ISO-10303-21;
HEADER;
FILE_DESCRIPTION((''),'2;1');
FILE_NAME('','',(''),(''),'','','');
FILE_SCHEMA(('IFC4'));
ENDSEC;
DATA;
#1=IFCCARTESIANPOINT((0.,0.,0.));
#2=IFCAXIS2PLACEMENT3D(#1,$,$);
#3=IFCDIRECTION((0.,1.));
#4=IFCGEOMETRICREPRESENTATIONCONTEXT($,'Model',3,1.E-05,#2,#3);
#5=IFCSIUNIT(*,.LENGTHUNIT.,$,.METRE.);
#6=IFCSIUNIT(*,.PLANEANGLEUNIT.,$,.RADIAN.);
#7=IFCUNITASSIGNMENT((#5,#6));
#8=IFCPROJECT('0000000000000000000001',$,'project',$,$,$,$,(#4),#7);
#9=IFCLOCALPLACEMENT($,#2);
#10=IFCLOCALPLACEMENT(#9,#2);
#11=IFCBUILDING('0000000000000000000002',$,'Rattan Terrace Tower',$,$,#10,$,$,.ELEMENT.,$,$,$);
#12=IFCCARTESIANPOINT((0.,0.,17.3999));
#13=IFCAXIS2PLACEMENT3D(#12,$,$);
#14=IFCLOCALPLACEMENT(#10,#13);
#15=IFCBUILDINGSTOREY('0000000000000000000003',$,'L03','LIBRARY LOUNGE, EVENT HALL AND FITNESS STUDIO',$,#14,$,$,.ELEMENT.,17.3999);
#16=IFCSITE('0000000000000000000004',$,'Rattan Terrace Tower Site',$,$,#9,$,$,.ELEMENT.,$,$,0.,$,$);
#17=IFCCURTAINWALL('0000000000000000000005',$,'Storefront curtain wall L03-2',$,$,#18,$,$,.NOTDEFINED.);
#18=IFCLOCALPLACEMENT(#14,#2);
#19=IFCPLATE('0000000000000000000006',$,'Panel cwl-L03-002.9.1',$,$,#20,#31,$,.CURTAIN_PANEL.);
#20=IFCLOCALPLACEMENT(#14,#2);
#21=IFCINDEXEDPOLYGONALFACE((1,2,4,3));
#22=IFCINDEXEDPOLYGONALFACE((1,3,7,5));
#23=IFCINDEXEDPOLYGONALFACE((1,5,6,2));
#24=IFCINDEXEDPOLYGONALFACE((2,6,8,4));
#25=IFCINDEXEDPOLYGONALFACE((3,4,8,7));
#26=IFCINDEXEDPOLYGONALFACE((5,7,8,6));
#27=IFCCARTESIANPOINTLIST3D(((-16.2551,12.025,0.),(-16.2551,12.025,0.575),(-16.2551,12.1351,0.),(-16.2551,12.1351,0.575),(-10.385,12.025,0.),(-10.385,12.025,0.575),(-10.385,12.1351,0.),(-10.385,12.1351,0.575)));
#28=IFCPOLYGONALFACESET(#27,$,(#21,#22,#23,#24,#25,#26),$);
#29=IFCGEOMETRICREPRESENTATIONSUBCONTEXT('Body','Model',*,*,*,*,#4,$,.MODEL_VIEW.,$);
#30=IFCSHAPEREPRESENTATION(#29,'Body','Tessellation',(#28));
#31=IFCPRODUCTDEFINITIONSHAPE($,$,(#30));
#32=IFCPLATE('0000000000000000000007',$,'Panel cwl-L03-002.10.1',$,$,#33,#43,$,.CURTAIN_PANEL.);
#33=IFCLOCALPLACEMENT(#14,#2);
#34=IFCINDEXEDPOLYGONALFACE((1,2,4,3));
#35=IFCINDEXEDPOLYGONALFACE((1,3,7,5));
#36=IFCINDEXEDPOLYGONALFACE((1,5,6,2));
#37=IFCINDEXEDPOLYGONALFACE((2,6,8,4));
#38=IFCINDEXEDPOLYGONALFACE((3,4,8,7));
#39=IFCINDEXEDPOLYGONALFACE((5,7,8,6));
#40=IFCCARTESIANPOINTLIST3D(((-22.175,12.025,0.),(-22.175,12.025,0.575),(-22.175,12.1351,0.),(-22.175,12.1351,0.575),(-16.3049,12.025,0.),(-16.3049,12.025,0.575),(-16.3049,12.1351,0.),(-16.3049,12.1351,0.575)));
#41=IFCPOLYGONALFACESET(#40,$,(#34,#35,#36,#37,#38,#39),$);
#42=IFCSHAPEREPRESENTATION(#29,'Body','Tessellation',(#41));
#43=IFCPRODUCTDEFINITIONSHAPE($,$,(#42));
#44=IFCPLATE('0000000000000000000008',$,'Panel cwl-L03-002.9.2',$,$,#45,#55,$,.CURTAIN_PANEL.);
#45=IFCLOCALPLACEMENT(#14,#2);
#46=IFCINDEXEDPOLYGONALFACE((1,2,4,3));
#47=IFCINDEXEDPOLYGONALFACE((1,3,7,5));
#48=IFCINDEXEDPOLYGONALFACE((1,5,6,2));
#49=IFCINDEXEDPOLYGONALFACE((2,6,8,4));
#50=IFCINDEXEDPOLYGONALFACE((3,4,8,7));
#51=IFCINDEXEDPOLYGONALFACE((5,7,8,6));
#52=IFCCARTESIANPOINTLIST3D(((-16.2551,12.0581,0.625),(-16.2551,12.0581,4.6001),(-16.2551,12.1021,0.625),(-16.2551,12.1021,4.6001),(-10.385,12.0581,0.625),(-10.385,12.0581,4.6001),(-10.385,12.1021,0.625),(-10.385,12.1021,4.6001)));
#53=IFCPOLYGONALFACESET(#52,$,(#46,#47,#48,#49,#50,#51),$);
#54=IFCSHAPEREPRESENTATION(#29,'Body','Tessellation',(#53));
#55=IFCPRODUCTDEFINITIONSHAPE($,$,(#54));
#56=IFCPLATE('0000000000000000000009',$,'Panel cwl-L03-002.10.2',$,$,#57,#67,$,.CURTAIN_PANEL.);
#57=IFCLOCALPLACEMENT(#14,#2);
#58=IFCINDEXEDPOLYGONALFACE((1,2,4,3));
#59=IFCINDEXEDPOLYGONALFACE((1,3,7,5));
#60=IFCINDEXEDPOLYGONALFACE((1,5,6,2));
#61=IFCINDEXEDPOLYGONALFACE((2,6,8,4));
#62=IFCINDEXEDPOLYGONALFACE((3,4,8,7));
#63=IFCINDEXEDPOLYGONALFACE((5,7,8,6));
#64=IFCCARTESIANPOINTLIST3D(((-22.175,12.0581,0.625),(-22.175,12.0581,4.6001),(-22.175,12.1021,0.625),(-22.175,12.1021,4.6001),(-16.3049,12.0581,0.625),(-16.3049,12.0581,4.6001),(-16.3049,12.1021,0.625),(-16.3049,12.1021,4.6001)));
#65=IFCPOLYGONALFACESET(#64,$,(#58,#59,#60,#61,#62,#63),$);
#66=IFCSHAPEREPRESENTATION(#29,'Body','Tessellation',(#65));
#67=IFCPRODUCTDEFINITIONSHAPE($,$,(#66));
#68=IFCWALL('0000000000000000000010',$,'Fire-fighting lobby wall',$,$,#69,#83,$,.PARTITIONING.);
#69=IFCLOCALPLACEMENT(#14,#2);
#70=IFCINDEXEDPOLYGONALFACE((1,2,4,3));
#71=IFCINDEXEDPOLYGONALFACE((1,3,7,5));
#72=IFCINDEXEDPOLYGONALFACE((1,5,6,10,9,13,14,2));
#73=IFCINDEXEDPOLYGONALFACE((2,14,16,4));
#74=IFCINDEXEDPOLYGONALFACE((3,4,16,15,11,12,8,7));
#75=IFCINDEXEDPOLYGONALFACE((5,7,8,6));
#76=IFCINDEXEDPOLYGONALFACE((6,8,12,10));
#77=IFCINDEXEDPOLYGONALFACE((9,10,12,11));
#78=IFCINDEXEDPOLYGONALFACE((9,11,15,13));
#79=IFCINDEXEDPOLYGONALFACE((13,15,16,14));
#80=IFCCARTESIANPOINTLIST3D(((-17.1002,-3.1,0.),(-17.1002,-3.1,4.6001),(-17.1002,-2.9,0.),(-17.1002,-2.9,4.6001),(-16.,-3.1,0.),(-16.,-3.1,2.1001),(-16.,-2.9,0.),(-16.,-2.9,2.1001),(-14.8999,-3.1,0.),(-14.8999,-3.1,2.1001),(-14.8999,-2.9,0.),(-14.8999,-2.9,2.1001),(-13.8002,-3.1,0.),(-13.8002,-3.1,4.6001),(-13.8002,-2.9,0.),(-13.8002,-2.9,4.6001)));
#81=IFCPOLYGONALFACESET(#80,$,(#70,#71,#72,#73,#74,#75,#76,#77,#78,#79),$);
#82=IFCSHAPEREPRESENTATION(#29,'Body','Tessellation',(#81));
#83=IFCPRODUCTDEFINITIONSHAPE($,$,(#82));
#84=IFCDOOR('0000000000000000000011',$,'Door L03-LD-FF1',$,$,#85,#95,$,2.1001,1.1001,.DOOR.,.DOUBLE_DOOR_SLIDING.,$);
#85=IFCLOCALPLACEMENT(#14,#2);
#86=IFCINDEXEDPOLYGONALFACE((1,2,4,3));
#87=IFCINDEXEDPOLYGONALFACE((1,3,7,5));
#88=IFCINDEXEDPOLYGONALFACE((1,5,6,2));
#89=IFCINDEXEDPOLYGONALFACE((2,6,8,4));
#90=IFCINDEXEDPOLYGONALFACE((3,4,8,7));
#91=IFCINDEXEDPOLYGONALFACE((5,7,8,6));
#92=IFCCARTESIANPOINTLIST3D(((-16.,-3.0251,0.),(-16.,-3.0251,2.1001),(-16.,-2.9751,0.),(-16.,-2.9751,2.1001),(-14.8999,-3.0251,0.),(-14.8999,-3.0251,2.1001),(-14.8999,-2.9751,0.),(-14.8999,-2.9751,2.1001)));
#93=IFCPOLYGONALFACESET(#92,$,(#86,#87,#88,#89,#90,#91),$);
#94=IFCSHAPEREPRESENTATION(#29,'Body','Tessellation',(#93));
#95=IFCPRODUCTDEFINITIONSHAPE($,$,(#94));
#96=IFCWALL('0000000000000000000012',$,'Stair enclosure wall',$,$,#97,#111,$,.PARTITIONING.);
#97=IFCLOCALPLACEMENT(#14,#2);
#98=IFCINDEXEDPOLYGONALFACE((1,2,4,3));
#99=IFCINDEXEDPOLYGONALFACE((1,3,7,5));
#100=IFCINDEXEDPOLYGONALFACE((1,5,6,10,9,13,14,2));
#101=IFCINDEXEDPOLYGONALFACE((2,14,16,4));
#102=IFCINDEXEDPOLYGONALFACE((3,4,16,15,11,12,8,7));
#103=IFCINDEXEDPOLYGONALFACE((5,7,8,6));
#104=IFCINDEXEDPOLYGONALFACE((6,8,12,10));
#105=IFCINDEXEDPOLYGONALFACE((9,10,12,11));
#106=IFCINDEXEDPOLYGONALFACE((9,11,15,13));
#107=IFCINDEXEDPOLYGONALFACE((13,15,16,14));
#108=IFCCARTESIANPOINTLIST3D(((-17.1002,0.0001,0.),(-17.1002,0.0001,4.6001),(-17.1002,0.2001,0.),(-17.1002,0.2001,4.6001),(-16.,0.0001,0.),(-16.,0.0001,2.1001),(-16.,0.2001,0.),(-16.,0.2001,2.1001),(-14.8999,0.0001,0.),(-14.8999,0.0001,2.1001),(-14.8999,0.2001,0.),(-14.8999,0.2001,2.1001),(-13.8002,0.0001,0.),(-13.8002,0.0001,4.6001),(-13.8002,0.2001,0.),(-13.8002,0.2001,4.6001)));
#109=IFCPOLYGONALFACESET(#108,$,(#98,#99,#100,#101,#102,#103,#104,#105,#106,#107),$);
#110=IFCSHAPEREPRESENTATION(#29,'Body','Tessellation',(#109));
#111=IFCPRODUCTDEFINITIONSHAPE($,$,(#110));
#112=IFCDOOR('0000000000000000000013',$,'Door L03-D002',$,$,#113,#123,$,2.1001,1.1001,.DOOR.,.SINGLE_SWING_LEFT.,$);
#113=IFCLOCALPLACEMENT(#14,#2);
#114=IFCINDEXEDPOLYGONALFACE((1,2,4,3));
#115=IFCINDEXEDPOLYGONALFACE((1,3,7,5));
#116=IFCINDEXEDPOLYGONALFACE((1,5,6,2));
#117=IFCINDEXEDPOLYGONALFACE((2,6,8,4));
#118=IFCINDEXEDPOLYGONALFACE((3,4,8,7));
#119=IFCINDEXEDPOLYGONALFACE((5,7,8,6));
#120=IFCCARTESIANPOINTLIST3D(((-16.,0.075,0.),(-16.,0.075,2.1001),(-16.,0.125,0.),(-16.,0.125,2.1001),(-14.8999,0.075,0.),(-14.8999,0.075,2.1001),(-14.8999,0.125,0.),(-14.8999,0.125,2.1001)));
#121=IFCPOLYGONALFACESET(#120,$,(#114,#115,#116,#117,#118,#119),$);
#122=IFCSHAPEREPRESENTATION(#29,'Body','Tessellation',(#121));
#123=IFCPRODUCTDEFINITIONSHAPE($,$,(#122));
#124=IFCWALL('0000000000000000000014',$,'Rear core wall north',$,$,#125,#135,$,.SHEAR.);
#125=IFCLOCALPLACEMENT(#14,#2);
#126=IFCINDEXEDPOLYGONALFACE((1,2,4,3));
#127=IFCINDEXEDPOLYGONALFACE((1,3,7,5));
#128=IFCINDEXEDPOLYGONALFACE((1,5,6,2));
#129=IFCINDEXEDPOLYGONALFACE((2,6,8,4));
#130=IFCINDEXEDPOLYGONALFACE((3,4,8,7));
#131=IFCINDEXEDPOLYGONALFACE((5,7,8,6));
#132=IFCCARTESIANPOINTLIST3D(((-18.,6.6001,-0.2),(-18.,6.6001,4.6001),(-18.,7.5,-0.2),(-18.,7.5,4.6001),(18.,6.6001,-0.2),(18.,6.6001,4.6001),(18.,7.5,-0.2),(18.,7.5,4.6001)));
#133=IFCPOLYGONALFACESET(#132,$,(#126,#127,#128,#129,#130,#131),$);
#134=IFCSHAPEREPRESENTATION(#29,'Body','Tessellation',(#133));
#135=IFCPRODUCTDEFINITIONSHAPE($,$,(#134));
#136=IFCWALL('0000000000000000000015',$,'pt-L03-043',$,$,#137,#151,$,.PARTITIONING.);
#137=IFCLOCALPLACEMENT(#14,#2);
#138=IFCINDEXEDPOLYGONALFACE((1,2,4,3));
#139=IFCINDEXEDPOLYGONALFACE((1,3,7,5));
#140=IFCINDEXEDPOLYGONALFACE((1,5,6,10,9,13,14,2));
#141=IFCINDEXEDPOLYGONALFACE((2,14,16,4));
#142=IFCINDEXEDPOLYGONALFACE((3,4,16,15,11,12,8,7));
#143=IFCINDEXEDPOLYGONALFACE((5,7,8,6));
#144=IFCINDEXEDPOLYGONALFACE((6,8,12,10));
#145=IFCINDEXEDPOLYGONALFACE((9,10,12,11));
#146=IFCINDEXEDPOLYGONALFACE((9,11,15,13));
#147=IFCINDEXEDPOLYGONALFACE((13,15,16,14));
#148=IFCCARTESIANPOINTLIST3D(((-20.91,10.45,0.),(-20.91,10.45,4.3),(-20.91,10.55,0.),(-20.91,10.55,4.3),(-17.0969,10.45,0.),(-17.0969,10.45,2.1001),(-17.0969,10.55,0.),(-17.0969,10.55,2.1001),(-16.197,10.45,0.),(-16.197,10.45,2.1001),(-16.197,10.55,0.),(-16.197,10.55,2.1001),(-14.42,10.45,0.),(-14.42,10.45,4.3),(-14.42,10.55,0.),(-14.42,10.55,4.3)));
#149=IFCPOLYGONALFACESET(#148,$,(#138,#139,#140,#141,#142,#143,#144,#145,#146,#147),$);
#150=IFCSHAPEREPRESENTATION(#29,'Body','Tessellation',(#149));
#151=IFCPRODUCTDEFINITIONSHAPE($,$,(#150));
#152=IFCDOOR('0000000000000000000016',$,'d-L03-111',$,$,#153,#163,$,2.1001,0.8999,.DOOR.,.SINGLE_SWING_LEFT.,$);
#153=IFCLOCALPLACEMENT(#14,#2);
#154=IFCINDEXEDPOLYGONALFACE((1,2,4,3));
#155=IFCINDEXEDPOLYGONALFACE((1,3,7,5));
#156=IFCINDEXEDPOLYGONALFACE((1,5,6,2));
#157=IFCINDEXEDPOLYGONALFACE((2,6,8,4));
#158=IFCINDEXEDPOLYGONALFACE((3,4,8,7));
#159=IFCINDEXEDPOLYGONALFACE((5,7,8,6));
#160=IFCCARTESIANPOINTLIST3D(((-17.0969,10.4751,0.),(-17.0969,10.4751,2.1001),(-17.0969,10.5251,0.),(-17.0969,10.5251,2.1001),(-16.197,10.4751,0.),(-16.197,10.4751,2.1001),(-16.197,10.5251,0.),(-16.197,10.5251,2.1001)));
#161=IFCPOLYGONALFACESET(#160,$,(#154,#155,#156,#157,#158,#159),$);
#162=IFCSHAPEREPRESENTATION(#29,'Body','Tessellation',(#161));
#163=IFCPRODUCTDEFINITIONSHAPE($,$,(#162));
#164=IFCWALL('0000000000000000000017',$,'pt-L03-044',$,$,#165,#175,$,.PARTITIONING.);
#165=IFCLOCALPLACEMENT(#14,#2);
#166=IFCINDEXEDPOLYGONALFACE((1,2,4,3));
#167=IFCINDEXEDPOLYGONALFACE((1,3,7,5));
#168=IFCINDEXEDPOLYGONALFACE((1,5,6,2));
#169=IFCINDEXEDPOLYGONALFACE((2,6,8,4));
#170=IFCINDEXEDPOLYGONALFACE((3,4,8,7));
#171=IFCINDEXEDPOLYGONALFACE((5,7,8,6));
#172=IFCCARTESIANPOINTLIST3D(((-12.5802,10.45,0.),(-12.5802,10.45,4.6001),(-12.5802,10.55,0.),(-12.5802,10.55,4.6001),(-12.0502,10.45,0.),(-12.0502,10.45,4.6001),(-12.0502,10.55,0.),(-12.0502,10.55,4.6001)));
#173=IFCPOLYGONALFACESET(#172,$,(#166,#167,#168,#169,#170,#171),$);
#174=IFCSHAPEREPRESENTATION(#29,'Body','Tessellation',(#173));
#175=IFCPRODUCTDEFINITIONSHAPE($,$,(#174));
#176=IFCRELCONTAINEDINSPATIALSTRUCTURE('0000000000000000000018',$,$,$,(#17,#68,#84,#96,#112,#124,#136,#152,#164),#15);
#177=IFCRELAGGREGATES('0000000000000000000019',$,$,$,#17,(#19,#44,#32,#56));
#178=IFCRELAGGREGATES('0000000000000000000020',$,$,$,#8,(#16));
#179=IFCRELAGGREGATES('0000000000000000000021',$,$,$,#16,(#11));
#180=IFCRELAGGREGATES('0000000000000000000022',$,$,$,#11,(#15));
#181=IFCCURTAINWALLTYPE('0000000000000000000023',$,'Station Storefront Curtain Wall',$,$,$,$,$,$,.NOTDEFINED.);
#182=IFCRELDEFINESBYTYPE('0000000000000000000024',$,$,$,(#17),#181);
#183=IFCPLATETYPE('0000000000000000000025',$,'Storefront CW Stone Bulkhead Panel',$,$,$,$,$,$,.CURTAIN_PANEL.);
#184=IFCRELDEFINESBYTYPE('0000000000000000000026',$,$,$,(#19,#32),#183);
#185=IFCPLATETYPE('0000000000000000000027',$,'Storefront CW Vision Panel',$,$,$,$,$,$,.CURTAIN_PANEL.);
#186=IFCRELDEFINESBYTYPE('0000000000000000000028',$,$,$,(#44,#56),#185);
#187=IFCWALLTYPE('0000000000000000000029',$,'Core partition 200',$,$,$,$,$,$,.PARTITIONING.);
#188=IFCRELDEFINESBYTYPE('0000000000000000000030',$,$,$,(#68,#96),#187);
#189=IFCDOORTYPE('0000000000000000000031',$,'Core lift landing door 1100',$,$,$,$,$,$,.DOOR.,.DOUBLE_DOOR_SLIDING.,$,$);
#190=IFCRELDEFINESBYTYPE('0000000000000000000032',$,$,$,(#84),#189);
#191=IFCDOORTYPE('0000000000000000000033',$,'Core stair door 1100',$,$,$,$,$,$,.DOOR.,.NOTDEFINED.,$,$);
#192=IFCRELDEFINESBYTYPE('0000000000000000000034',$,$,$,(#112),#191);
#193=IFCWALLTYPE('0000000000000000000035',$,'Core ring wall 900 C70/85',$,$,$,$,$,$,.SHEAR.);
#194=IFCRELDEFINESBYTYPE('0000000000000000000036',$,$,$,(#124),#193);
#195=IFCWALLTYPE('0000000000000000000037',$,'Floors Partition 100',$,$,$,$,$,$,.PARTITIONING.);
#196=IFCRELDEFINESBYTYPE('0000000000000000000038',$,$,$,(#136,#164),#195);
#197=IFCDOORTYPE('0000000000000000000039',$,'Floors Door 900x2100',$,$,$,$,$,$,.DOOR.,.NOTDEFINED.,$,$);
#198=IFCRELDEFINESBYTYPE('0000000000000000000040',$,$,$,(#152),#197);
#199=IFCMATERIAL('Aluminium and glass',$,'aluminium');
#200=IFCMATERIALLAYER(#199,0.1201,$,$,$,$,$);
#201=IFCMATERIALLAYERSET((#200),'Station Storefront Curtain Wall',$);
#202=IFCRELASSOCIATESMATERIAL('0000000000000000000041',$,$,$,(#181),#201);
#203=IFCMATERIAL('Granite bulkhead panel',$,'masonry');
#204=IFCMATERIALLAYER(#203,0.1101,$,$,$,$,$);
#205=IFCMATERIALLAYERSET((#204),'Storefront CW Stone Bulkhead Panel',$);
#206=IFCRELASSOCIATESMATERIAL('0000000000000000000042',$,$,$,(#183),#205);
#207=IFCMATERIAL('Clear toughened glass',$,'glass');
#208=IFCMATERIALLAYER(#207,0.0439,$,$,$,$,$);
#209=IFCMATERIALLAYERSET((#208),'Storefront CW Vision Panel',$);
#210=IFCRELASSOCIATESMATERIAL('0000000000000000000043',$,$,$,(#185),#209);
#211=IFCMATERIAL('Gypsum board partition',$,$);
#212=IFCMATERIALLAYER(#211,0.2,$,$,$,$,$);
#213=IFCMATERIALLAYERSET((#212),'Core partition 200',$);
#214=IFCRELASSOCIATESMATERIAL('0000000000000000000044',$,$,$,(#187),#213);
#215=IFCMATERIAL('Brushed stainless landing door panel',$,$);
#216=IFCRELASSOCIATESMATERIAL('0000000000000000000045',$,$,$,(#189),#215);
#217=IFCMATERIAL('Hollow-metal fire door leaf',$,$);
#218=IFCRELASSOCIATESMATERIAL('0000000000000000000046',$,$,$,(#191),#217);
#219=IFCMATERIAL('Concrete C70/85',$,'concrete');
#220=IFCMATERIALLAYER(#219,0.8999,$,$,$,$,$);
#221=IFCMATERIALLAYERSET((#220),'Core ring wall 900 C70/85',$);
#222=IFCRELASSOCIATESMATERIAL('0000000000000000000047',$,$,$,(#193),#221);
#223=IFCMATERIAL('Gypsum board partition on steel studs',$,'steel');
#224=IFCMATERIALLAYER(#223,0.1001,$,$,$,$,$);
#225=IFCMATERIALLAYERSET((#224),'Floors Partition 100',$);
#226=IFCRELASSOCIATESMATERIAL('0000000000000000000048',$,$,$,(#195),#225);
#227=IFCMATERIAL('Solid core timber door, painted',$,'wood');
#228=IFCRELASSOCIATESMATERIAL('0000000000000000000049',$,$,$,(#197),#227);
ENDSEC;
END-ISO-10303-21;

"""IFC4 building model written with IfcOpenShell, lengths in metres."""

from ifc_helpers import new_model, si_unit, direction, frame, frame_2d, origin, origin_2d, place, context, subcontext, project, spatial, rectangle, extrude, material, layer, layer_set, type_object, element, fill, aggregate, save


model = new_model("IFC4")

# Units and contexts
model_context = context("Model", 3, precision=1e-05, world=origin(), true_north=direction((0.0, 1.0)))
body_context = subcontext(model_context, "Body", "Model", "MODEL_VIEW")
ifc_project = project(units=[si_unit("LENGTHUNIT", "METRE"), si_unit("PLANEANGLEUNIT", "RADIAN")], contexts=[model_context])

# Site, building, storey
site_placement = place(None, origin())
site = spatial("IfcSite", under=ifc_project, at=site_placement, Name="Rattan Terrace Tower Site", CompositionType="ELEMENT", RefElevation=0.0)
building_placement = place(site_placement, origin())
building = spatial("IfcBuilding", under=site, at=building_placement, Name="Rattan Terrace Tower", CompositionType="ELEMENT")
storey_placement = place(building_placement, frame((0.0, 0.0, 17.3999)))
storey = spatial("IfcBuildingStorey", under=building, at=storey_placement, Name="L03", Description="LIBRARY LOUNGE, EVENT HALL AND FITNESS STUDIO", CompositionType="ELEMENT", Elevation=17.3999)

# Curtain wall, plates
ifc_material_1 = material(Name="Aluminium and glass", Category="aluminium")
ifc_layer_1 = layer(ifc_material_1, 0.1201)
ifc_layer_set_1 = layer_set([ifc_layer_1], Name="Station Storefront Curtain Wall")
curtain_wall_type = type_object("IfcCurtainWallType", Name="Station Storefront Curtain Wall", PredefinedType="NOTDEFINED", material=ifc_layer_set_1)
curtain_wall_placement = place(storey_placement, origin())
curtain_wall = element("IfcCurtainWall", 1, at=curtain_wall_placement, inside=storey, type_object=curtain_wall_type, Name="Storefront curtain wall L03-2", PredefinedType="NOTDEFINED")
ifc_material_2 = material(Name="Granite bulkhead panel", Category="masonry")
ifc_layer_2 = layer(ifc_material_2, 0.1101)
ifc_layer_set_2 = layer_set([ifc_layer_2], Name="Storefront CW Stone Bulkhead Panel")
plate_type_1 = type_object("IfcPlateType", Name="Storefront CW Stone Bulkhead Panel", PredefinedType="CURTAIN_PANEL", material=ifc_layer_set_2)
plate_1_placement = place(storey_placement, frame((-13.3201, 12.0801, 0.0), z_axis=(0.0, 0.0, 1.0), x_axis=(-1.0, 0.0, 0.0)))
plate_1 = element("IfcPlate", 2, at=plate_1_placement, type_object=plate_type_1, Name="Panel cwl-L03-002.9.1", PredefinedType="CURTAIN_PANEL", context=body_context, shape_type="SweptSolid", body=[
    extrude(rectangle(XDim=5.8701, YDim=0.1101, at=origin_2d()), origin(), (0.0, 0.0, 1.0), 0.575),
])
plate_2_placement = place(storey_placement, frame((-19.24, 12.0801, 0.0), z_axis=(0.0, 0.0, 1.0), x_axis=(-1.0, 0.0, 0.0)))
plate_2 = element("IfcPlate", 3, at=plate_2_placement, type_object=plate_type_1, Name="Panel cwl-L03-002.10.1", PredefinedType="CURTAIN_PANEL", context=body_context, shape_type="SweptSolid", body=[
    extrude(rectangle(XDim=5.8701, YDim=0.1101, at=origin_2d()), origin(), (0.0, 0.0, 1.0), 0.575),
])
ifc_material_3 = material(Name="Clear toughened glass", Category="glass")
ifc_layer_3 = layer(ifc_material_3, 0.0439)
ifc_layer_set_3 = layer_set([ifc_layer_3], Name="Storefront CW Vision Panel")
plate_type_2 = type_object("IfcPlateType", Name="Storefront CW Vision Panel", PredefinedType="CURTAIN_PANEL", material=ifc_layer_set_3)
plate_3_placement = place(storey_placement, frame((-13.3201, 12.0801, 0.625), z_axis=(0.0, 0.0, 1.0), x_axis=(-1.0, 0.0, 0.0)))
plate_3 = element("IfcPlate", 4, at=plate_3_placement, type_object=plate_type_2, Name="Panel cwl-L03-002.9.2", PredefinedType="CURTAIN_PANEL", context=body_context, shape_type="SweptSolid", body=[
    extrude(rectangle(XDim=5.8701, YDim=0.0439, at=origin_2d()), origin(), (0.0, 0.0, 1.0), 3.9751),
])
plate_4_placement = place(storey_placement, frame((-19.24, 12.0801, 0.625), z_axis=(0.0, 0.0, 1.0), x_axis=(-1.0, 0.0, 0.0)))
plate_4 = element("IfcPlate", 5, at=plate_4_placement, type_object=plate_type_2, Name="Panel cwl-L03-002.10.2", PredefinedType="CURTAIN_PANEL", context=body_context, shape_type="SweptSolid", body=[
    extrude(rectangle(XDim=5.8701, YDim=0.0439, at=origin_2d()), origin(), (0.0, 0.0, 1.0), 3.9751),
])
aggregate(curtain_wall, [plate_1, plate_3, plate_2, plate_4])

# Walls, openings, doors
ifc_material_4 = material(Name="Gypsum board partition")
ifc_layer_4 = layer(ifc_material_4, 0.2)
ifc_layer_set_4 = layer_set([ifc_layer_4], Name="Core partition 200")
wall_type_1 = type_object("IfcWallType", Name="Core partition 200", PredefinedType="PARTITIONING", material=ifc_layer_set_4)
wall_1_placement = place(storey_placement, frame((-17.1001, -3.0, 0.0), z_axis=(0.0, 0.0, 1.0), x_axis=(1.0, 0.0, 0.0)))
wall_1 = element("IfcWall", 6, at=wall_1_placement, inside=storey, type_object=wall_type_1, Name="Fire-fighting lobby wall", PredefinedType="PARTITIONING", context=body_context, shape_type="SweptSolid", body=[
    extrude(rectangle(XDim=3.3, YDim=0.2, at=frame_2d((1.6499, 0.0))), origin(), (0.0, 0.0, 1.0), 4.6001),
])
opening_1_placement = place(wall_1_placement, frame((1.1001, 0.0, 0.0)))
opening_1 = element("IfcOpeningElement", 7, at=opening_1_placement, cuts=wall_1, PredefinedType="OPENING", context=body_context, shape_type="SweptSolid", body=[
    extrude(rectangle(XDim=1.1001, YDim=2.1001, at=frame_2d((0.55, 1.05))), frame((0.0, 0.1106, 0.0), z_axis=(0.0, -1.0, 0.0), x_axis=(1.0, 0.0, 0.0)), (0.0, 0.0, 1.0), 0.2209),
])
ifc_material_5 = material(Name="Brushed stainless landing door panel")
door_type_1 = type_object("IfcDoorType", Name="Core lift landing door 1100", OperationType="DOUBLE_DOOR_SLIDING", PredefinedType="DOOR", material=ifc_material_5)
door_1_placement = place(opening_1_placement, origin())
door_1 = element("IfcDoor", 8, at=door_1_placement, inside=storey, type_object=door_type_1, Name="Door L03-LD-FF1", OperationType="DOUBLE_DOOR_SLIDING", OverallHeight=2.1001, OverallWidth=1.1001, PredefinedType="DOOR", context=body_context, shape_type="SweptSolid", body=[
    extrude(rectangle(XDim=1.1001, YDim=2.1001, at=frame_2d((0.55, 1.05))), frame((0.0, 0.0249, 0.0), z_axis=(0.0, -1.0, 0.0), x_axis=(1.0, 0.0, 0.0)), (0.0, 0.0, 1.0), 0.05),
])
fill(opening_1, door_1)
wall_2_placement = place(storey_placement, frame((-17.1001, 0.1001, 0.0), z_axis=(0.0, 0.0, 1.0), x_axis=(1.0, 0.0, 0.0)))
wall_2 = element("IfcWall", 9, at=wall_2_placement, inside=storey, type_object=wall_type_1, Name="Stair enclosure wall", PredefinedType="PARTITIONING", context=body_context, shape_type="SweptSolid", body=[
    extrude(rectangle(XDim=3.3, YDim=0.2, at=frame_2d((1.6499, 0.0))), origin(), (0.0, 0.0, 1.0), 4.6001),
])
opening_2_placement = place(wall_2_placement, frame((1.1001, 0.0, 0.0)))
opening_2 = element("IfcOpeningElement", 10, at=opening_2_placement, cuts=wall_2, PredefinedType="OPENING", context=body_context, shape_type="SweptSolid", body=[
    extrude(rectangle(XDim=1.1001, YDim=2.1001, at=frame_2d((0.55, 1.05))), frame((0.0, 0.1106, 0.0), z_axis=(0.0, -1.0, 0.0), x_axis=(1.0, 0.0, 0.0)), (0.0, 0.0, 1.0), 0.2209),
])
ifc_material_6 = material(Name="Hollow-metal fire door leaf")
door_type_2 = type_object("IfcDoorType", Name="Core stair door 1100", OperationType="NOTDEFINED", PredefinedType="DOOR", material=ifc_material_6)
door_2_placement = place(opening_2_placement, origin())
door_2 = element("IfcDoor", 11, at=door_2_placement, inside=storey, type_object=door_type_2, Name="Door L03-D002", OperationType="SINGLE_SWING_LEFT", OverallHeight=2.1001, OverallWidth=1.1001, PredefinedType="DOOR", context=body_context, shape_type="SweptSolid", body=[
    extrude(rectangle(XDim=1.1001, YDim=2.1001, at=frame_2d((0.55, 1.05))), frame((0.0, 0.0249, 0.0), z_axis=(0.0, -1.0, 0.0), x_axis=(1.0, 0.0, 0.0)), (0.0, 0.0, 1.0), 0.05),
])
fill(opening_2, door_2)

# Wall
ifc_material_7 = material(Name="Concrete C70/85", Category="concrete")
ifc_layer_5 = layer(ifc_material_7, 0.8999)
ifc_layer_set_5 = layer_set([ifc_layer_5], Name="Core ring wall 900 C70/85")
wall_type_2 = type_object("IfcWallType", Name="Core ring wall 900 C70/85", PredefinedType="SHEAR", material=ifc_layer_set_5)
wall_3_placement = place(storey_placement, frame((-18.0, 7.05, -0.2), z_axis=(0.0, 0.0, 1.0), x_axis=(1.0, 0.0, 0.0)))
element("IfcWall", 12, at=wall_3_placement, inside=storey, type_object=wall_type_2, Name="Rear core wall north", PredefinedType="SHEAR", context=body_context, shape_type="SweptSolid", body=[
    extrude(rectangle(XDim=36.0, YDim=0.8999, at=frame_2d((18.0, 0.0))), origin(), (0.0, 0.0, 1.0), 4.8),
])

# Wall, opening, door
ifc_material_8 = material(Name="Gypsum board partition on steel studs", Category="steel")
ifc_layer_6 = layer(ifc_material_8, 0.1001)
ifc_layer_set_6 = layer_set([ifc_layer_6], Name="Floors Partition 100")
wall_type_3 = type_object("IfcWallType", Name="Floors Partition 100", PredefinedType="PARTITIONING", material=ifc_layer_set_6)
wall_4_placement = place(storey_placement, frame((-14.4199, 10.5, 0.0), z_axis=(0.0, 0.0, 1.0), x_axis=(-1.0, 0.0, 0.0)))
wall_4 = element("IfcWall", 13, at=wall_4_placement, inside=storey, type_object=wall_type_3, Name="pt-L03-043", PredefinedType="PARTITIONING", context=body_context, shape_type="SweptSolid", body=[
    extrude(rectangle(XDim=6.49, YDim=0.1001, at=frame_2d((3.2451, 0.0))), origin(), (0.0, 0.0, 1.0), 4.3),
])
opening_3_placement = place(wall_4_placement, frame((1.7771, 0.0, 0.0)))
opening_3 = element("IfcOpeningElement", 14, at=opening_3_placement, cuts=wall_4, PredefinedType="OPENING", context=body_context, shape_type="SweptSolid", body=[
    extrude(rectangle(XDim=0.8999, YDim=2.1001, at=frame_2d((0.45, 1.05))), frame((0.0, 0.0605, 0.0), z_axis=(0.0, -1.0, 0.0), x_axis=(1.0, 0.0, 0.0)), (0.0, 0.0, 1.0), 0.1211),
])
ifc_material_9 = material(Name="Solid core timber door, painted", Category="wood")
door_type_3 = type_object("IfcDoorType", Name="Floors Door 900x2100", OperationType="NOTDEFINED", PredefinedType="DOOR", material=ifc_material_9)
door_3_placement = place(opening_3_placement, origin())
door_3 = element("IfcDoor", 15, at=door_3_placement, inside=storey, type_object=door_type_3, Name="d-L03-111", OperationType="SINGLE_SWING_LEFT", OverallHeight=2.1001, OverallWidth=0.8999, PredefinedType="DOOR", context=body_context, shape_type="SweptSolid", body=[
    extrude(rectangle(XDim=0.8999, YDim=2.1001, at=frame_2d((0.45, 1.05))), frame((0.0, 0.0249, 0.0), z_axis=(0.0, -1.0, 0.0), x_axis=(1.0, 0.0, 0.0)), (0.0, 0.0, 1.0), 0.05),
])
fill(opening_3, door_3)

# Wall
wall_5_placement = place(storey_placement, frame((-12.05, 10.5, 0.0), z_axis=(0.0, 0.0, 1.0), x_axis=(-1.0, 0.0, 0.0)))
element("IfcWall", 16, at=wall_5_placement, inside=storey, type_object=wall_type_3, Name="pt-L03-044", PredefinedType="PARTITIONING", context=body_context, shape_type="SweptSolid", body=[
    extrude(rectangle(XDim=0.53, YDim=0.1001, at=frame_2d((0.2651, 0.0))), origin(), (0.0, 0.0, 1.0), 4.6001),
])

save(model, "model.ifc")
